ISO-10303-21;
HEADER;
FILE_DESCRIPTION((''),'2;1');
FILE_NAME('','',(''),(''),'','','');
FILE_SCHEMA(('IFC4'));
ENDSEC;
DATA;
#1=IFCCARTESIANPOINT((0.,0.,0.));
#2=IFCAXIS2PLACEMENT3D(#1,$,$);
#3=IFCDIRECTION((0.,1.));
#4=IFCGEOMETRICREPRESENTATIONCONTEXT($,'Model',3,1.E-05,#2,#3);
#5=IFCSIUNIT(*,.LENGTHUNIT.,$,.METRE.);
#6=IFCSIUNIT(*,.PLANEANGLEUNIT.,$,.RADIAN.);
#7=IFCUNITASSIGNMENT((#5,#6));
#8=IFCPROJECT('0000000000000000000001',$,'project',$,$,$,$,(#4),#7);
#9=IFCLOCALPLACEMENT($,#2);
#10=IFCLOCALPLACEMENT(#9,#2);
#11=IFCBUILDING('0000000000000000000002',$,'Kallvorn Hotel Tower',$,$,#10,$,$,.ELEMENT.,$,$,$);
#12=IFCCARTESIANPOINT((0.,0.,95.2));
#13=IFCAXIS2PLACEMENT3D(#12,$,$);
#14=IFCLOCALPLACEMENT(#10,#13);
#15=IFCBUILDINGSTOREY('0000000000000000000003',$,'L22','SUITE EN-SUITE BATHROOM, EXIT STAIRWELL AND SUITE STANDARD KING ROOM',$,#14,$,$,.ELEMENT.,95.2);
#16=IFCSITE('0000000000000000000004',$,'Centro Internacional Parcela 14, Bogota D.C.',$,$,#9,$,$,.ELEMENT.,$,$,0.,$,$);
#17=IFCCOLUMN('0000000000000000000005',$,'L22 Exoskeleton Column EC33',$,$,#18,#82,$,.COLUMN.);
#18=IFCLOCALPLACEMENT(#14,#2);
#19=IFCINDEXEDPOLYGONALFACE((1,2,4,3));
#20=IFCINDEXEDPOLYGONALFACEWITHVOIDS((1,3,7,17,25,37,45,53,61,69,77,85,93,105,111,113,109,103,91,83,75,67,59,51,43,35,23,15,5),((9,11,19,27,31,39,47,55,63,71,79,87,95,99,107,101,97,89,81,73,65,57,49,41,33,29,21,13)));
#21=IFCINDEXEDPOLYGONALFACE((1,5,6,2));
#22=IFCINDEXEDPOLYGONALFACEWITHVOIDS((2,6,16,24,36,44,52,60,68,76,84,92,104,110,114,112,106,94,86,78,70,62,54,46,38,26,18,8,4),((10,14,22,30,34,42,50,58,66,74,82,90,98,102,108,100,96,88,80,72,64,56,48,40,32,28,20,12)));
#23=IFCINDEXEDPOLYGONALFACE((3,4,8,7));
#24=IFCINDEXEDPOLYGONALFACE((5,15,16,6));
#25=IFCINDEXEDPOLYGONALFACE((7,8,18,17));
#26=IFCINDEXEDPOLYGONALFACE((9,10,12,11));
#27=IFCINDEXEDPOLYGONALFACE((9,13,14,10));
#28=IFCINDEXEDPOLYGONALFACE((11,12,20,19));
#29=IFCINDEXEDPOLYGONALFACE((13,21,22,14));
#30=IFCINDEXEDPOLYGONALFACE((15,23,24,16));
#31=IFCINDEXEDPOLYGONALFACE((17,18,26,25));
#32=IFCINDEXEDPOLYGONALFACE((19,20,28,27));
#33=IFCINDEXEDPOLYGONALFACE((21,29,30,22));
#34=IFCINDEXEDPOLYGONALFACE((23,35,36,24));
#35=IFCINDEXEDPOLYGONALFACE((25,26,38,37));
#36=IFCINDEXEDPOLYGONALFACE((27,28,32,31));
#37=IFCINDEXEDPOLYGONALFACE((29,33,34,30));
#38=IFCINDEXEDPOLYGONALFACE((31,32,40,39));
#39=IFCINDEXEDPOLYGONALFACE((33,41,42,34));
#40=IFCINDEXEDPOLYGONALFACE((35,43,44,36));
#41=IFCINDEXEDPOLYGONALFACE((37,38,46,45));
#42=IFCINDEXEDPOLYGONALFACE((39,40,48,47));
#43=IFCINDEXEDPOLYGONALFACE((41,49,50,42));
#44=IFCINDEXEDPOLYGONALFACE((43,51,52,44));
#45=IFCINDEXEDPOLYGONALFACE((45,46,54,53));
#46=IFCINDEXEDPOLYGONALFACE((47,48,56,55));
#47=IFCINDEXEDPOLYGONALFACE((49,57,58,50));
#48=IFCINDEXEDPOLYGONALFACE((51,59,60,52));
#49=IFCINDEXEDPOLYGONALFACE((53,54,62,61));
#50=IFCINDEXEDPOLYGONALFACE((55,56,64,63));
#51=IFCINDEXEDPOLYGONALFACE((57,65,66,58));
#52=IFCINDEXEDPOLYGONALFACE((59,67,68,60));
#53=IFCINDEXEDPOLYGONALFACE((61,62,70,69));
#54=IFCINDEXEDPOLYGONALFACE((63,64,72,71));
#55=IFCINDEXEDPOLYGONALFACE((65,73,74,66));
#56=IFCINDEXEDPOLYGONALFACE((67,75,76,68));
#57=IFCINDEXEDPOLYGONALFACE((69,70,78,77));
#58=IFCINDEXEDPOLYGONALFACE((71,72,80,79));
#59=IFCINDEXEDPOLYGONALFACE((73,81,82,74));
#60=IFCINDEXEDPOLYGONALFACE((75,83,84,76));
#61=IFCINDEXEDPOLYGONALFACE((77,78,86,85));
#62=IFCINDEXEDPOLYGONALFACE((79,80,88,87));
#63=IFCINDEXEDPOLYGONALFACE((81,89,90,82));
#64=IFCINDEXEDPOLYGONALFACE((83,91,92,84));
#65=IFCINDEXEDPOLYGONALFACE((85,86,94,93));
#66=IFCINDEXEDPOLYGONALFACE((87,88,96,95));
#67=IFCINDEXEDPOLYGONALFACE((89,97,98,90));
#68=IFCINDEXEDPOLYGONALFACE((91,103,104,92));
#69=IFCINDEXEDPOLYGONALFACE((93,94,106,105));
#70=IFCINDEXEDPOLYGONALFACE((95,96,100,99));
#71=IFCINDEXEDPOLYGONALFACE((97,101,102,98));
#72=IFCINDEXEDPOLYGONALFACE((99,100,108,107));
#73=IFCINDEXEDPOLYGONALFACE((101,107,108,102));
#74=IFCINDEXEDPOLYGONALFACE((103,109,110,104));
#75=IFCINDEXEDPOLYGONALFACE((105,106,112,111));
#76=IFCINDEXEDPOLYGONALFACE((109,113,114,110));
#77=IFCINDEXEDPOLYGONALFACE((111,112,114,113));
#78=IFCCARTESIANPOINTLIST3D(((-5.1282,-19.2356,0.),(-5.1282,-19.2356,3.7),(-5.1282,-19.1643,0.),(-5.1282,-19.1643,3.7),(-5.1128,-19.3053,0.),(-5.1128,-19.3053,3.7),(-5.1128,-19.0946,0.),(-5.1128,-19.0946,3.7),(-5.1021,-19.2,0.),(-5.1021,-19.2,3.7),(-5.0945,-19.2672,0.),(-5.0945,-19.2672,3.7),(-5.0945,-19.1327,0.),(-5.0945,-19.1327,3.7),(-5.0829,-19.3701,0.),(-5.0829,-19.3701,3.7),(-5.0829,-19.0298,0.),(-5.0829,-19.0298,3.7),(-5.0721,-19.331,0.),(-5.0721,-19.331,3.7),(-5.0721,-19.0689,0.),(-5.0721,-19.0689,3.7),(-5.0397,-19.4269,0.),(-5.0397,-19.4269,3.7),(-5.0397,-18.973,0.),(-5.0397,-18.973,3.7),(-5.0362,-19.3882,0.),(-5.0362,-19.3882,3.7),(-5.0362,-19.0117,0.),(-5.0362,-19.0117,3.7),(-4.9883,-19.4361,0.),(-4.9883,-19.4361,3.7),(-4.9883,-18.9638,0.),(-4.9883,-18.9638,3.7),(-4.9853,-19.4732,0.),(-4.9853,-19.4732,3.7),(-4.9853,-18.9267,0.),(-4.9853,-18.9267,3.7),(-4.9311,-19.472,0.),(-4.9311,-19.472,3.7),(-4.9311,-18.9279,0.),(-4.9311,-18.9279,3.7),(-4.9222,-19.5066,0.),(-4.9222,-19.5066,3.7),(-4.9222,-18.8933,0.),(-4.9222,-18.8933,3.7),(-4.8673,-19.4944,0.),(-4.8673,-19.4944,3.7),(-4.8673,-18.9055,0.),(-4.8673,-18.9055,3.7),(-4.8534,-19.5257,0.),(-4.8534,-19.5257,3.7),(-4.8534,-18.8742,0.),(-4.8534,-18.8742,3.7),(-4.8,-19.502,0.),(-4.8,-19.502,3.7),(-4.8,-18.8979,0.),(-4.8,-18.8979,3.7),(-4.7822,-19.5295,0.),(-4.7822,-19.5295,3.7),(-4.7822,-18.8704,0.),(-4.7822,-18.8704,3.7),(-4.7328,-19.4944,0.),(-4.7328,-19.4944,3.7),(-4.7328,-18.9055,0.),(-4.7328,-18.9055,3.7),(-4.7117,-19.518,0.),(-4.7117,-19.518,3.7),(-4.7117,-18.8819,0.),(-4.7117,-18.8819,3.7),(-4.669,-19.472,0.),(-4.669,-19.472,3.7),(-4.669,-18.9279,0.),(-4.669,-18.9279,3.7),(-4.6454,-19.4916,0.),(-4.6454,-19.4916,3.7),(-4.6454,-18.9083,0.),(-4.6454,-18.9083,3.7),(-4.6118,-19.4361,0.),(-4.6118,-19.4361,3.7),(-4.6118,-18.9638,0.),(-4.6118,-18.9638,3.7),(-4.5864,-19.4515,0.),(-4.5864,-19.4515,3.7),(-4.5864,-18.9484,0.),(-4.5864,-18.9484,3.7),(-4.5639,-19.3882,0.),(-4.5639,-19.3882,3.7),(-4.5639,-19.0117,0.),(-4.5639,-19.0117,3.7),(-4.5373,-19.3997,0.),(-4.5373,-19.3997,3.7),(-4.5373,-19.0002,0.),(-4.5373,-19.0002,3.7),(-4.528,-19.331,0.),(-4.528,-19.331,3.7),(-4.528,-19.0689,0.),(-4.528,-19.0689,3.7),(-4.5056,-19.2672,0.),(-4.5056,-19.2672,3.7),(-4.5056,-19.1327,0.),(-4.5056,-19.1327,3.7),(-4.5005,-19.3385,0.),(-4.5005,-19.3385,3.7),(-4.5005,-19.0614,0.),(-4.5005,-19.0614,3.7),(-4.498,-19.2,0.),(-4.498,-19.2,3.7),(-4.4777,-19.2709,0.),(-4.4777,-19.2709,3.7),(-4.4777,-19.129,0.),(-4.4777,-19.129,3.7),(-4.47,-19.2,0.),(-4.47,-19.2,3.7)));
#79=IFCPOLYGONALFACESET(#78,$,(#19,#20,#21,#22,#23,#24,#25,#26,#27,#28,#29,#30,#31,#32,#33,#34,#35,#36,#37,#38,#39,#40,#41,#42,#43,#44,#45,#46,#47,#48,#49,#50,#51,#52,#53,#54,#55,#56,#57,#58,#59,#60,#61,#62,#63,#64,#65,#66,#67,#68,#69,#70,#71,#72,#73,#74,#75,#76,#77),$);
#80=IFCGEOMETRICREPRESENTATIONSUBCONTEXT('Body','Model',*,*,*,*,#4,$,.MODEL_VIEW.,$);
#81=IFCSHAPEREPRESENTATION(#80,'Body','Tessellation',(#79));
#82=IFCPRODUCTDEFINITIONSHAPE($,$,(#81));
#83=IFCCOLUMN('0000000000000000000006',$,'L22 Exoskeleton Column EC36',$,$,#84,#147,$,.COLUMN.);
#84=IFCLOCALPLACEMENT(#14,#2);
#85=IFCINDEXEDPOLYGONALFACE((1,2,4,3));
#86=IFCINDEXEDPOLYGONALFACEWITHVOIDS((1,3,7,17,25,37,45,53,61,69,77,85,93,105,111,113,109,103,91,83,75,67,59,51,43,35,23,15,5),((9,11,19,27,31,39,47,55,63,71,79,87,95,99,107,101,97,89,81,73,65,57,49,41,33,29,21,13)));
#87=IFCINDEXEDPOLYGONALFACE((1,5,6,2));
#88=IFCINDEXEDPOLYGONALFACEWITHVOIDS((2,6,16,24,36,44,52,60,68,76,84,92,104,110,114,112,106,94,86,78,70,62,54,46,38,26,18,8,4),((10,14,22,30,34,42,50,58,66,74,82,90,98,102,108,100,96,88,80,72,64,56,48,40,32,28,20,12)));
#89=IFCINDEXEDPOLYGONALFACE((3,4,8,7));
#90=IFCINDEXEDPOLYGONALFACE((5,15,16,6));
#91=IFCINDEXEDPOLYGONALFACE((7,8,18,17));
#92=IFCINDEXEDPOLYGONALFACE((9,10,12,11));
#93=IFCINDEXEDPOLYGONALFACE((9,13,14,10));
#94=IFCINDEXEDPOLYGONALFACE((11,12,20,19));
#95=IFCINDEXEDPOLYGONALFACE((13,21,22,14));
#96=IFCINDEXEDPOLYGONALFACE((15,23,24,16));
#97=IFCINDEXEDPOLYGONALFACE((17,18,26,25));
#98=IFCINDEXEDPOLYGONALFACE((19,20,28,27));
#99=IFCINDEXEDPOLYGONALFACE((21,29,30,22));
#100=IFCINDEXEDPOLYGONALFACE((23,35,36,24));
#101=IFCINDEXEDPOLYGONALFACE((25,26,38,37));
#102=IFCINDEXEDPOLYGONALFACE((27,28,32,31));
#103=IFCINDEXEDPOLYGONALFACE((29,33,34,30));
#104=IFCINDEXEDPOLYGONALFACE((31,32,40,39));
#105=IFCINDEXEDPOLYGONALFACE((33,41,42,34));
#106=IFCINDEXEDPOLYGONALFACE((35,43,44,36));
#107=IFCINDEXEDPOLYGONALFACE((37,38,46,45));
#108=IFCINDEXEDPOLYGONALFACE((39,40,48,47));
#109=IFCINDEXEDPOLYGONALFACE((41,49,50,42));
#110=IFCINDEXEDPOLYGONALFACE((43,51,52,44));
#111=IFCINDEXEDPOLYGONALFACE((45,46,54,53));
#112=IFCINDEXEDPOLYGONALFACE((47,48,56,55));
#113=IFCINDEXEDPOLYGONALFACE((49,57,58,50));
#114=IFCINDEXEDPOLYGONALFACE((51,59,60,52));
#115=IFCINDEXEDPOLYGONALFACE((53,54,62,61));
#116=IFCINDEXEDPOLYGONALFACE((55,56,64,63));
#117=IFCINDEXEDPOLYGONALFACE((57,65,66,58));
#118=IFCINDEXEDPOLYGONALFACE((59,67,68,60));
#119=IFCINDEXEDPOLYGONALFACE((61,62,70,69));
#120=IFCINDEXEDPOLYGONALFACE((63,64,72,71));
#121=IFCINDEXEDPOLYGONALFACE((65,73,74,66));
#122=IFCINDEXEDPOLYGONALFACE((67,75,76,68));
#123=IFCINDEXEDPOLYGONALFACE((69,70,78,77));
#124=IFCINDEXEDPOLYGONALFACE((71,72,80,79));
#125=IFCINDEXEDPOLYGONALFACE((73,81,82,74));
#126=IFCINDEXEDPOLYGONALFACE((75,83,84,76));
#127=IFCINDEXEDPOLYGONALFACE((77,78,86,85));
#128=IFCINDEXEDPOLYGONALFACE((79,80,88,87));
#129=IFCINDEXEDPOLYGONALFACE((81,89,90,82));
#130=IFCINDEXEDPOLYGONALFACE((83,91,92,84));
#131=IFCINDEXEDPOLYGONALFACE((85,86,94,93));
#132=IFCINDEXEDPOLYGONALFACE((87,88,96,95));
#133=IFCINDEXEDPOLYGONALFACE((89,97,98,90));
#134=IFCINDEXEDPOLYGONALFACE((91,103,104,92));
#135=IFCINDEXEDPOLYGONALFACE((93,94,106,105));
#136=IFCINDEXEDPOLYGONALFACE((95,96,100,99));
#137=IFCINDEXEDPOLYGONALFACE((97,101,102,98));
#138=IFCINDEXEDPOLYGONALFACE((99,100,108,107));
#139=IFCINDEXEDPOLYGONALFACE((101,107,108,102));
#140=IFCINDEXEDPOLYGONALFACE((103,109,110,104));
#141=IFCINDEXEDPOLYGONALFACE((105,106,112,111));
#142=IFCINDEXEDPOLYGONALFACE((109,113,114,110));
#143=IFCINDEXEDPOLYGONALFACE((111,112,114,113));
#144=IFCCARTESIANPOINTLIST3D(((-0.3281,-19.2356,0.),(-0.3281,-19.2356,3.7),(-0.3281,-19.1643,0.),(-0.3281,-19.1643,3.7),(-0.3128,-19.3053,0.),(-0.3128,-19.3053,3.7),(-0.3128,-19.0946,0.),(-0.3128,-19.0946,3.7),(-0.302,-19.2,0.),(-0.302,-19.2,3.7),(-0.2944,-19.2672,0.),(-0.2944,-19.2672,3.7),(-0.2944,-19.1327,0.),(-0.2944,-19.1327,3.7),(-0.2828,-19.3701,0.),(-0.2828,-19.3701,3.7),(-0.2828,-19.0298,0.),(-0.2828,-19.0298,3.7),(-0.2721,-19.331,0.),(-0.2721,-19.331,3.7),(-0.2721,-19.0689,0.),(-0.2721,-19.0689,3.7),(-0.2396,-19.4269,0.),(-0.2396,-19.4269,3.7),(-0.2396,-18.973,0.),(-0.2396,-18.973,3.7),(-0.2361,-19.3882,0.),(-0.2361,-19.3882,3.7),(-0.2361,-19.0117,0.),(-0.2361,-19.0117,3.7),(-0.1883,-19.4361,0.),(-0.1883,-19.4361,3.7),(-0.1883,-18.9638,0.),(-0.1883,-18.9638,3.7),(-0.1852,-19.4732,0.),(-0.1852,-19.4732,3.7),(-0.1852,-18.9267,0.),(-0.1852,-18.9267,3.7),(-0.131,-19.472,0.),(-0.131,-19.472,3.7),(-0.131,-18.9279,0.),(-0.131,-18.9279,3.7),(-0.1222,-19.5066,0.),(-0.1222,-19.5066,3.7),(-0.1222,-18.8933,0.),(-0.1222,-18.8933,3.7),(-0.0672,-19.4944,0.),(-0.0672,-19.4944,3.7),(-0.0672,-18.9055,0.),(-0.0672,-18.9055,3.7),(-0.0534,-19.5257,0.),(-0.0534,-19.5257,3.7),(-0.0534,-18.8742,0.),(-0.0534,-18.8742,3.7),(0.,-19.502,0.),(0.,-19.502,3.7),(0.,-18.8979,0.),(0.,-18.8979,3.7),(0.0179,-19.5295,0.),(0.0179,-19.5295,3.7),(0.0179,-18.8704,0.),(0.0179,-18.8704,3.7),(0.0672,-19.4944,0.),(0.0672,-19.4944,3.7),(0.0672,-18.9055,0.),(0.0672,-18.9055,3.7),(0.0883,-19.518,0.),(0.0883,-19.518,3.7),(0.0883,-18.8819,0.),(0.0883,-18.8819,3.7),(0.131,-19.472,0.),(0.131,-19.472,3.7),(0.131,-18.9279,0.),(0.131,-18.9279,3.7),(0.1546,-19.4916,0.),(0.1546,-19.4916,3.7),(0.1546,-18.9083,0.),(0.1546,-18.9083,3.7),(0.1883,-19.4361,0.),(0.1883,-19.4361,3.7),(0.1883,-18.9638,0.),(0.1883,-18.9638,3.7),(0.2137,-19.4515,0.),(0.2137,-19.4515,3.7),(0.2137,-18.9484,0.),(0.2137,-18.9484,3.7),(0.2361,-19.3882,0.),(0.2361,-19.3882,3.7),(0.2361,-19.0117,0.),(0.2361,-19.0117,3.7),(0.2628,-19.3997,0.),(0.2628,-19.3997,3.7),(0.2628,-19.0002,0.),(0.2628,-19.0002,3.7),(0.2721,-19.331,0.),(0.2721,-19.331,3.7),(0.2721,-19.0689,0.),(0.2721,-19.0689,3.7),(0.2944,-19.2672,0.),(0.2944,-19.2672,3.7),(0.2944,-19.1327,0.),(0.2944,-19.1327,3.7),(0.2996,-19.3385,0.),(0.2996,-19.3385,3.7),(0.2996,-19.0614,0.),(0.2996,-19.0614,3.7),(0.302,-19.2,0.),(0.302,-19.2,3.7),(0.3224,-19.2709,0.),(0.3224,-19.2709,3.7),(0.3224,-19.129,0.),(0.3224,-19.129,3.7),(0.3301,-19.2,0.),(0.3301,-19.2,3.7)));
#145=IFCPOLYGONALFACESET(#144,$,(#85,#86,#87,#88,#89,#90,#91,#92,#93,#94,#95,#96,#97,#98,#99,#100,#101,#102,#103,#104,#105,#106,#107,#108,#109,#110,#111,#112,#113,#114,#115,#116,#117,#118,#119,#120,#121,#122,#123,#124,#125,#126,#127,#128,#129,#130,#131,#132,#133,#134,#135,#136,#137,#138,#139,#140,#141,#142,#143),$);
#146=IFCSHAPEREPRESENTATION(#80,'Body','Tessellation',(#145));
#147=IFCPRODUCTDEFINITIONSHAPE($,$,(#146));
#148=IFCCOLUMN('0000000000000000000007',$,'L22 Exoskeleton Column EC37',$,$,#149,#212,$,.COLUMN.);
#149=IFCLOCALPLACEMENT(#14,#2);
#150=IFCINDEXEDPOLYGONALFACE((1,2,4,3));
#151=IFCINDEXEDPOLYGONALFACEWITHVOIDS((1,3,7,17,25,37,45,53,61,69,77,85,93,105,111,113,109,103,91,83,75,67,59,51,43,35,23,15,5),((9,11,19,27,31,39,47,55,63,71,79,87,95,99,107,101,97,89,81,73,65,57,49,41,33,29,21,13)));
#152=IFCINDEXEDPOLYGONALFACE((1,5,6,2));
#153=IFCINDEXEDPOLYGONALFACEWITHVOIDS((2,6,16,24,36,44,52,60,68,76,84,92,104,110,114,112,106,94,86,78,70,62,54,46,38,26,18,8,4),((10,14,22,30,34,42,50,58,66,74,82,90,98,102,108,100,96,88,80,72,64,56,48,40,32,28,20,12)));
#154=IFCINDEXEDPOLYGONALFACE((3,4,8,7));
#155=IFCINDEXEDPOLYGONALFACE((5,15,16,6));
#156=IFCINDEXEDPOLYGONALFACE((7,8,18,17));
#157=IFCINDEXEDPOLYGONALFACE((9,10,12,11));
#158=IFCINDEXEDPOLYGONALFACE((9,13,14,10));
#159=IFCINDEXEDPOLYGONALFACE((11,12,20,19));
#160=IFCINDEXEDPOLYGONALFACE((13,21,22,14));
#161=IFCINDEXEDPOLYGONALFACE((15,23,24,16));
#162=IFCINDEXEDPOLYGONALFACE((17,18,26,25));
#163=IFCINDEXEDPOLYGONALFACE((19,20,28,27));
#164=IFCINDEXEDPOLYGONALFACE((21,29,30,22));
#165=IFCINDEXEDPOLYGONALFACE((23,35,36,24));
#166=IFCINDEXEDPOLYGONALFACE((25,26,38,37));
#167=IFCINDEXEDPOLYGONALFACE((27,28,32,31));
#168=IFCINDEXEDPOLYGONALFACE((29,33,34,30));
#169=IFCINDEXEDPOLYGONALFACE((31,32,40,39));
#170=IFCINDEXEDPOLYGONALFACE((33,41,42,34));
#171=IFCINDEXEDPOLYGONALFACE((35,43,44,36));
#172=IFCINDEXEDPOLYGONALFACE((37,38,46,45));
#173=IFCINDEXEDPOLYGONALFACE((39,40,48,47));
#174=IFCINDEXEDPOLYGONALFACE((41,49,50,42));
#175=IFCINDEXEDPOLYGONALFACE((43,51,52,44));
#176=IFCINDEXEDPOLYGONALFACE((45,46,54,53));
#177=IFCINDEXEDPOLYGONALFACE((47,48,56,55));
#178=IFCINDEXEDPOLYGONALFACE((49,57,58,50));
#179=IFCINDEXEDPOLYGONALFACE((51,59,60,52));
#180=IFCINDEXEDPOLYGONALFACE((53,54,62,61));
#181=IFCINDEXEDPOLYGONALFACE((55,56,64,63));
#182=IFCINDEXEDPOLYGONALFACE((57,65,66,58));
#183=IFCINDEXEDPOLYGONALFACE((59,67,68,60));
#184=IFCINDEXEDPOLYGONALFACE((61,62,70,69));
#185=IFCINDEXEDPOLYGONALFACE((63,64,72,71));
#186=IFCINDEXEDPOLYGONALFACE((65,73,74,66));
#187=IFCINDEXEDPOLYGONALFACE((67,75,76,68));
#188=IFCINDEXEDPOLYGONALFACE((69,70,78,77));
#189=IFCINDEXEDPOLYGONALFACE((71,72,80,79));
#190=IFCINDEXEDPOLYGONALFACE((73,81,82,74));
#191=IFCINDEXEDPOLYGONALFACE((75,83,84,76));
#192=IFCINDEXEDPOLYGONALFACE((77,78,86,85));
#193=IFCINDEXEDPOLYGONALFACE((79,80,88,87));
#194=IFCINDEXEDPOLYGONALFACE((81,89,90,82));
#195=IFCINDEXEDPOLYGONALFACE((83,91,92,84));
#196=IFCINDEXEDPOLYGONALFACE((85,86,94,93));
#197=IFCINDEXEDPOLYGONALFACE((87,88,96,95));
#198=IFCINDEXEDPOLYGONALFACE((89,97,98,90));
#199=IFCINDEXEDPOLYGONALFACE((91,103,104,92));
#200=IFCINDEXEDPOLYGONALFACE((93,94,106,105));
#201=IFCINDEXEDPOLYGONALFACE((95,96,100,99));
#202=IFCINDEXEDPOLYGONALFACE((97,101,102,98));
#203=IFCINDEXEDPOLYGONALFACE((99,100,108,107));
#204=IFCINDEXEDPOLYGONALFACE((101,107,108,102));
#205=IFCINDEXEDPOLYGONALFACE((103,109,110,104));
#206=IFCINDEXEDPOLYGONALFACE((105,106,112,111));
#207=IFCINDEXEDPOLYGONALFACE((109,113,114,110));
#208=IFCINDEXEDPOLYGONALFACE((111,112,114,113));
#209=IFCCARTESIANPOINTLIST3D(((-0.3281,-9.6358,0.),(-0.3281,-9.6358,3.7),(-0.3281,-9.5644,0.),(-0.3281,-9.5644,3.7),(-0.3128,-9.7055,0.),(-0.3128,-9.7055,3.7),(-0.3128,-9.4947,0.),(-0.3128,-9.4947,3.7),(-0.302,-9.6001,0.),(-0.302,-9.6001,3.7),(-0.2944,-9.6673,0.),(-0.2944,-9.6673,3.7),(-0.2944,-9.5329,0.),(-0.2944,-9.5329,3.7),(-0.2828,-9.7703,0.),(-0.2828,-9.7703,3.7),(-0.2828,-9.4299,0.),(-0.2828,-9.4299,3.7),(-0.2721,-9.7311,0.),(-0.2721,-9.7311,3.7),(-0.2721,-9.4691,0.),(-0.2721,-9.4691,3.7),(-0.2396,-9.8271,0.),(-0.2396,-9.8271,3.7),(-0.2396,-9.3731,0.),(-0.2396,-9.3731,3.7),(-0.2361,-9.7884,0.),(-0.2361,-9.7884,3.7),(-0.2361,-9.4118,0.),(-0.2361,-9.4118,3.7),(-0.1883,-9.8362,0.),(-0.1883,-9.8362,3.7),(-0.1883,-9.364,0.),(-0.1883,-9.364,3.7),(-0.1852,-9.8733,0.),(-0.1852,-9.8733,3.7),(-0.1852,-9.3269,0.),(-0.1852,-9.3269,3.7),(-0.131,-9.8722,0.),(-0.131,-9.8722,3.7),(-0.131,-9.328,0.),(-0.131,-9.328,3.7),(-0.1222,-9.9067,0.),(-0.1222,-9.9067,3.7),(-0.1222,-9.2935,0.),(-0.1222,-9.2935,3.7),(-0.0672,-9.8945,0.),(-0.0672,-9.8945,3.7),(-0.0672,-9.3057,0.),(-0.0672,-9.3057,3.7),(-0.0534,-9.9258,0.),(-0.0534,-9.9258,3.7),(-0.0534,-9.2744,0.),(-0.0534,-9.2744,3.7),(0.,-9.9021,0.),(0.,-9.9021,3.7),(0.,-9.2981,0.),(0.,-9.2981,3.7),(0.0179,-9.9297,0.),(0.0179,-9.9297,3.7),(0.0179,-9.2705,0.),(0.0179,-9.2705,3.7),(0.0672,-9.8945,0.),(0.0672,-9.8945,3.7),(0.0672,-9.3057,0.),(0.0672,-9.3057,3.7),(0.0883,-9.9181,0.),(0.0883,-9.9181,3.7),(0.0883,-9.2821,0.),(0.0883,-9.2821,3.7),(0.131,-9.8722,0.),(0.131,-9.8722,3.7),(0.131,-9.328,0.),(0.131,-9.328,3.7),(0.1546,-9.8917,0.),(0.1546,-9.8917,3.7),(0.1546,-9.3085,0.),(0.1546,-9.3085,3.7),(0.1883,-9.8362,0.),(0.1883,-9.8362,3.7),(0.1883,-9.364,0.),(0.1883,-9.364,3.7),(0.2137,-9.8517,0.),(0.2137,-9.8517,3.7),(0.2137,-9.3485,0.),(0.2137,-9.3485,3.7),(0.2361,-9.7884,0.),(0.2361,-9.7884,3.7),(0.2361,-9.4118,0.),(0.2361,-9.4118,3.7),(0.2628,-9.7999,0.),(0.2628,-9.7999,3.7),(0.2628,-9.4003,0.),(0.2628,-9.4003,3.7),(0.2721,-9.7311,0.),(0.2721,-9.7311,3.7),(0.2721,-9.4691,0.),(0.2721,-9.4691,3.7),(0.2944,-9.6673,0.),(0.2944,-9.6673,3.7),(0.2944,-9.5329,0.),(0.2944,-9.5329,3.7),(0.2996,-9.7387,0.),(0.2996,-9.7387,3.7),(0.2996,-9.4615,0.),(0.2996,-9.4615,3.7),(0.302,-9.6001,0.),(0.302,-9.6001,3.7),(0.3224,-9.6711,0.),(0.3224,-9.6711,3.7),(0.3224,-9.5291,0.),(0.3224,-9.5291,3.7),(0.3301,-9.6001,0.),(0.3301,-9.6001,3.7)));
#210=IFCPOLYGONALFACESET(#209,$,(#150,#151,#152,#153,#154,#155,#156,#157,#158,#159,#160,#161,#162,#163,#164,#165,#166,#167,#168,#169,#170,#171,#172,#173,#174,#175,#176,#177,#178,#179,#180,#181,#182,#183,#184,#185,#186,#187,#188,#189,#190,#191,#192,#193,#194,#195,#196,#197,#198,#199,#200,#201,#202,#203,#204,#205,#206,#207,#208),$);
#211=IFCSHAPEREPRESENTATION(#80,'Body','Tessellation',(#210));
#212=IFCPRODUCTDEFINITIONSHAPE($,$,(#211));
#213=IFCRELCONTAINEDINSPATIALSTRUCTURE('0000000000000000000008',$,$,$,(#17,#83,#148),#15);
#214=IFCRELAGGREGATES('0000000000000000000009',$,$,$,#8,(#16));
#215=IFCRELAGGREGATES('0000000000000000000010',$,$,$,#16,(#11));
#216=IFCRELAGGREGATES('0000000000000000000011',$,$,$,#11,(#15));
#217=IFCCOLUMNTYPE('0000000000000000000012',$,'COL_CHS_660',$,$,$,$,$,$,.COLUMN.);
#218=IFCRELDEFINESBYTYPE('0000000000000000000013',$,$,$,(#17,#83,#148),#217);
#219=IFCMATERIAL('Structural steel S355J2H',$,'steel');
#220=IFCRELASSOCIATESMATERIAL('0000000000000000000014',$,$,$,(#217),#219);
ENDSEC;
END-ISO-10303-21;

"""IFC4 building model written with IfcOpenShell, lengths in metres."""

from ifc_helpers import new_model, si_unit, direction, frame, origin, origin_2d, place, context, subcontext, project, spatial, hollow_circle, extrude, material, material_profile, profile_set, type_object, element, save


model = new_model("IFC4")

# Units and contexts
model_context = context("Model", 3, precision=1e-05, world=origin(), true_north=direction((0.0, 1.0)))
body_context = subcontext(model_context, "Body", "Model", "MODEL_VIEW")
ifc_project = project(units=[si_unit("LENGTHUNIT", "METRE"), si_unit("PLANEANGLEUNIT", "RADIAN")], contexts=[model_context])

# Site, building, storey
site_placement = place(None, origin())
site = spatial("IfcSite", under=ifc_project, at=site_placement, Name="Centro Internacional Parcela 14, Bogota D.C.", CompositionType="ELEMENT", RefElevation=0.0)
building_placement = place(site_placement, origin())
building = spatial("IfcBuilding", under=site, at=building_placement, Name="Kallvorn Hotel Tower", CompositionType="ELEMENT")
storey_placement = place(building_placement, frame((0.0, 0.0, 95.2)))
storey = spatial("IfcBuildingStorey", under=building, at=storey_placement, Name="L22", Description="SUITE EN-SUITE BATHROOM, EXIT STAIRWELL AND SUITE STANDARD KING ROOM", CompositionType="ELEMENT", Elevation=95.2)

# Columns
ifc_material_1 = material(Name="Structural steel S355J2H", Category="steel")
ifc_material_profile_1 = material_profile(ifc_material_1, hollow_circle(Radius=0.3301, WallThickness=0.0281, at=origin_2d()), Name="CHS 660x28")
ifc_profile_set_1 = profile_set([ifc_material_profile_1], Name="Structural steel S355J2H")
column_type_1 = type_object("IfcColumnType", Name="COL_CHS_660", PredefinedType="COLUMN", material=ifc_profile_set_1)
for number, where, z_axis, x_axis, name in (
    (1, (-4.8, -19.2, 0.0), (0.0, 0.0, 1.0), (1.0, 0.0, 0.0), "L22 Exoskeleton Column EC33"),
    (2, (0.0, -19.2, 0.0), (0.0, 0.0, 1.0), (1.0, 0.0, 0.0), "L22 Exoskeleton Column EC36"),
    (3, (0.0, -9.6001, 0.0), (0.0, 0.0, 1.0), (1.0, 0.0, 0.0), "L22 Exoskeleton Column EC37"),
):
    element("IfcColumn", number, at=place(storey_placement, frame(where, z_axis=z_axis, x_axis=x_axis)), inside=storey, type_object=column_type_1, Name=name, PredefinedType="COLUMN", context=body_context, shape_type="SweptSolid", body=[
        extrude(hollow_circle(Radius=0.3301, WallThickness=0.0281, at=origin_2d()), origin(), (0.0, 0.0, 1.0), 3.7),
    ])

save(model, "model.ifc")
